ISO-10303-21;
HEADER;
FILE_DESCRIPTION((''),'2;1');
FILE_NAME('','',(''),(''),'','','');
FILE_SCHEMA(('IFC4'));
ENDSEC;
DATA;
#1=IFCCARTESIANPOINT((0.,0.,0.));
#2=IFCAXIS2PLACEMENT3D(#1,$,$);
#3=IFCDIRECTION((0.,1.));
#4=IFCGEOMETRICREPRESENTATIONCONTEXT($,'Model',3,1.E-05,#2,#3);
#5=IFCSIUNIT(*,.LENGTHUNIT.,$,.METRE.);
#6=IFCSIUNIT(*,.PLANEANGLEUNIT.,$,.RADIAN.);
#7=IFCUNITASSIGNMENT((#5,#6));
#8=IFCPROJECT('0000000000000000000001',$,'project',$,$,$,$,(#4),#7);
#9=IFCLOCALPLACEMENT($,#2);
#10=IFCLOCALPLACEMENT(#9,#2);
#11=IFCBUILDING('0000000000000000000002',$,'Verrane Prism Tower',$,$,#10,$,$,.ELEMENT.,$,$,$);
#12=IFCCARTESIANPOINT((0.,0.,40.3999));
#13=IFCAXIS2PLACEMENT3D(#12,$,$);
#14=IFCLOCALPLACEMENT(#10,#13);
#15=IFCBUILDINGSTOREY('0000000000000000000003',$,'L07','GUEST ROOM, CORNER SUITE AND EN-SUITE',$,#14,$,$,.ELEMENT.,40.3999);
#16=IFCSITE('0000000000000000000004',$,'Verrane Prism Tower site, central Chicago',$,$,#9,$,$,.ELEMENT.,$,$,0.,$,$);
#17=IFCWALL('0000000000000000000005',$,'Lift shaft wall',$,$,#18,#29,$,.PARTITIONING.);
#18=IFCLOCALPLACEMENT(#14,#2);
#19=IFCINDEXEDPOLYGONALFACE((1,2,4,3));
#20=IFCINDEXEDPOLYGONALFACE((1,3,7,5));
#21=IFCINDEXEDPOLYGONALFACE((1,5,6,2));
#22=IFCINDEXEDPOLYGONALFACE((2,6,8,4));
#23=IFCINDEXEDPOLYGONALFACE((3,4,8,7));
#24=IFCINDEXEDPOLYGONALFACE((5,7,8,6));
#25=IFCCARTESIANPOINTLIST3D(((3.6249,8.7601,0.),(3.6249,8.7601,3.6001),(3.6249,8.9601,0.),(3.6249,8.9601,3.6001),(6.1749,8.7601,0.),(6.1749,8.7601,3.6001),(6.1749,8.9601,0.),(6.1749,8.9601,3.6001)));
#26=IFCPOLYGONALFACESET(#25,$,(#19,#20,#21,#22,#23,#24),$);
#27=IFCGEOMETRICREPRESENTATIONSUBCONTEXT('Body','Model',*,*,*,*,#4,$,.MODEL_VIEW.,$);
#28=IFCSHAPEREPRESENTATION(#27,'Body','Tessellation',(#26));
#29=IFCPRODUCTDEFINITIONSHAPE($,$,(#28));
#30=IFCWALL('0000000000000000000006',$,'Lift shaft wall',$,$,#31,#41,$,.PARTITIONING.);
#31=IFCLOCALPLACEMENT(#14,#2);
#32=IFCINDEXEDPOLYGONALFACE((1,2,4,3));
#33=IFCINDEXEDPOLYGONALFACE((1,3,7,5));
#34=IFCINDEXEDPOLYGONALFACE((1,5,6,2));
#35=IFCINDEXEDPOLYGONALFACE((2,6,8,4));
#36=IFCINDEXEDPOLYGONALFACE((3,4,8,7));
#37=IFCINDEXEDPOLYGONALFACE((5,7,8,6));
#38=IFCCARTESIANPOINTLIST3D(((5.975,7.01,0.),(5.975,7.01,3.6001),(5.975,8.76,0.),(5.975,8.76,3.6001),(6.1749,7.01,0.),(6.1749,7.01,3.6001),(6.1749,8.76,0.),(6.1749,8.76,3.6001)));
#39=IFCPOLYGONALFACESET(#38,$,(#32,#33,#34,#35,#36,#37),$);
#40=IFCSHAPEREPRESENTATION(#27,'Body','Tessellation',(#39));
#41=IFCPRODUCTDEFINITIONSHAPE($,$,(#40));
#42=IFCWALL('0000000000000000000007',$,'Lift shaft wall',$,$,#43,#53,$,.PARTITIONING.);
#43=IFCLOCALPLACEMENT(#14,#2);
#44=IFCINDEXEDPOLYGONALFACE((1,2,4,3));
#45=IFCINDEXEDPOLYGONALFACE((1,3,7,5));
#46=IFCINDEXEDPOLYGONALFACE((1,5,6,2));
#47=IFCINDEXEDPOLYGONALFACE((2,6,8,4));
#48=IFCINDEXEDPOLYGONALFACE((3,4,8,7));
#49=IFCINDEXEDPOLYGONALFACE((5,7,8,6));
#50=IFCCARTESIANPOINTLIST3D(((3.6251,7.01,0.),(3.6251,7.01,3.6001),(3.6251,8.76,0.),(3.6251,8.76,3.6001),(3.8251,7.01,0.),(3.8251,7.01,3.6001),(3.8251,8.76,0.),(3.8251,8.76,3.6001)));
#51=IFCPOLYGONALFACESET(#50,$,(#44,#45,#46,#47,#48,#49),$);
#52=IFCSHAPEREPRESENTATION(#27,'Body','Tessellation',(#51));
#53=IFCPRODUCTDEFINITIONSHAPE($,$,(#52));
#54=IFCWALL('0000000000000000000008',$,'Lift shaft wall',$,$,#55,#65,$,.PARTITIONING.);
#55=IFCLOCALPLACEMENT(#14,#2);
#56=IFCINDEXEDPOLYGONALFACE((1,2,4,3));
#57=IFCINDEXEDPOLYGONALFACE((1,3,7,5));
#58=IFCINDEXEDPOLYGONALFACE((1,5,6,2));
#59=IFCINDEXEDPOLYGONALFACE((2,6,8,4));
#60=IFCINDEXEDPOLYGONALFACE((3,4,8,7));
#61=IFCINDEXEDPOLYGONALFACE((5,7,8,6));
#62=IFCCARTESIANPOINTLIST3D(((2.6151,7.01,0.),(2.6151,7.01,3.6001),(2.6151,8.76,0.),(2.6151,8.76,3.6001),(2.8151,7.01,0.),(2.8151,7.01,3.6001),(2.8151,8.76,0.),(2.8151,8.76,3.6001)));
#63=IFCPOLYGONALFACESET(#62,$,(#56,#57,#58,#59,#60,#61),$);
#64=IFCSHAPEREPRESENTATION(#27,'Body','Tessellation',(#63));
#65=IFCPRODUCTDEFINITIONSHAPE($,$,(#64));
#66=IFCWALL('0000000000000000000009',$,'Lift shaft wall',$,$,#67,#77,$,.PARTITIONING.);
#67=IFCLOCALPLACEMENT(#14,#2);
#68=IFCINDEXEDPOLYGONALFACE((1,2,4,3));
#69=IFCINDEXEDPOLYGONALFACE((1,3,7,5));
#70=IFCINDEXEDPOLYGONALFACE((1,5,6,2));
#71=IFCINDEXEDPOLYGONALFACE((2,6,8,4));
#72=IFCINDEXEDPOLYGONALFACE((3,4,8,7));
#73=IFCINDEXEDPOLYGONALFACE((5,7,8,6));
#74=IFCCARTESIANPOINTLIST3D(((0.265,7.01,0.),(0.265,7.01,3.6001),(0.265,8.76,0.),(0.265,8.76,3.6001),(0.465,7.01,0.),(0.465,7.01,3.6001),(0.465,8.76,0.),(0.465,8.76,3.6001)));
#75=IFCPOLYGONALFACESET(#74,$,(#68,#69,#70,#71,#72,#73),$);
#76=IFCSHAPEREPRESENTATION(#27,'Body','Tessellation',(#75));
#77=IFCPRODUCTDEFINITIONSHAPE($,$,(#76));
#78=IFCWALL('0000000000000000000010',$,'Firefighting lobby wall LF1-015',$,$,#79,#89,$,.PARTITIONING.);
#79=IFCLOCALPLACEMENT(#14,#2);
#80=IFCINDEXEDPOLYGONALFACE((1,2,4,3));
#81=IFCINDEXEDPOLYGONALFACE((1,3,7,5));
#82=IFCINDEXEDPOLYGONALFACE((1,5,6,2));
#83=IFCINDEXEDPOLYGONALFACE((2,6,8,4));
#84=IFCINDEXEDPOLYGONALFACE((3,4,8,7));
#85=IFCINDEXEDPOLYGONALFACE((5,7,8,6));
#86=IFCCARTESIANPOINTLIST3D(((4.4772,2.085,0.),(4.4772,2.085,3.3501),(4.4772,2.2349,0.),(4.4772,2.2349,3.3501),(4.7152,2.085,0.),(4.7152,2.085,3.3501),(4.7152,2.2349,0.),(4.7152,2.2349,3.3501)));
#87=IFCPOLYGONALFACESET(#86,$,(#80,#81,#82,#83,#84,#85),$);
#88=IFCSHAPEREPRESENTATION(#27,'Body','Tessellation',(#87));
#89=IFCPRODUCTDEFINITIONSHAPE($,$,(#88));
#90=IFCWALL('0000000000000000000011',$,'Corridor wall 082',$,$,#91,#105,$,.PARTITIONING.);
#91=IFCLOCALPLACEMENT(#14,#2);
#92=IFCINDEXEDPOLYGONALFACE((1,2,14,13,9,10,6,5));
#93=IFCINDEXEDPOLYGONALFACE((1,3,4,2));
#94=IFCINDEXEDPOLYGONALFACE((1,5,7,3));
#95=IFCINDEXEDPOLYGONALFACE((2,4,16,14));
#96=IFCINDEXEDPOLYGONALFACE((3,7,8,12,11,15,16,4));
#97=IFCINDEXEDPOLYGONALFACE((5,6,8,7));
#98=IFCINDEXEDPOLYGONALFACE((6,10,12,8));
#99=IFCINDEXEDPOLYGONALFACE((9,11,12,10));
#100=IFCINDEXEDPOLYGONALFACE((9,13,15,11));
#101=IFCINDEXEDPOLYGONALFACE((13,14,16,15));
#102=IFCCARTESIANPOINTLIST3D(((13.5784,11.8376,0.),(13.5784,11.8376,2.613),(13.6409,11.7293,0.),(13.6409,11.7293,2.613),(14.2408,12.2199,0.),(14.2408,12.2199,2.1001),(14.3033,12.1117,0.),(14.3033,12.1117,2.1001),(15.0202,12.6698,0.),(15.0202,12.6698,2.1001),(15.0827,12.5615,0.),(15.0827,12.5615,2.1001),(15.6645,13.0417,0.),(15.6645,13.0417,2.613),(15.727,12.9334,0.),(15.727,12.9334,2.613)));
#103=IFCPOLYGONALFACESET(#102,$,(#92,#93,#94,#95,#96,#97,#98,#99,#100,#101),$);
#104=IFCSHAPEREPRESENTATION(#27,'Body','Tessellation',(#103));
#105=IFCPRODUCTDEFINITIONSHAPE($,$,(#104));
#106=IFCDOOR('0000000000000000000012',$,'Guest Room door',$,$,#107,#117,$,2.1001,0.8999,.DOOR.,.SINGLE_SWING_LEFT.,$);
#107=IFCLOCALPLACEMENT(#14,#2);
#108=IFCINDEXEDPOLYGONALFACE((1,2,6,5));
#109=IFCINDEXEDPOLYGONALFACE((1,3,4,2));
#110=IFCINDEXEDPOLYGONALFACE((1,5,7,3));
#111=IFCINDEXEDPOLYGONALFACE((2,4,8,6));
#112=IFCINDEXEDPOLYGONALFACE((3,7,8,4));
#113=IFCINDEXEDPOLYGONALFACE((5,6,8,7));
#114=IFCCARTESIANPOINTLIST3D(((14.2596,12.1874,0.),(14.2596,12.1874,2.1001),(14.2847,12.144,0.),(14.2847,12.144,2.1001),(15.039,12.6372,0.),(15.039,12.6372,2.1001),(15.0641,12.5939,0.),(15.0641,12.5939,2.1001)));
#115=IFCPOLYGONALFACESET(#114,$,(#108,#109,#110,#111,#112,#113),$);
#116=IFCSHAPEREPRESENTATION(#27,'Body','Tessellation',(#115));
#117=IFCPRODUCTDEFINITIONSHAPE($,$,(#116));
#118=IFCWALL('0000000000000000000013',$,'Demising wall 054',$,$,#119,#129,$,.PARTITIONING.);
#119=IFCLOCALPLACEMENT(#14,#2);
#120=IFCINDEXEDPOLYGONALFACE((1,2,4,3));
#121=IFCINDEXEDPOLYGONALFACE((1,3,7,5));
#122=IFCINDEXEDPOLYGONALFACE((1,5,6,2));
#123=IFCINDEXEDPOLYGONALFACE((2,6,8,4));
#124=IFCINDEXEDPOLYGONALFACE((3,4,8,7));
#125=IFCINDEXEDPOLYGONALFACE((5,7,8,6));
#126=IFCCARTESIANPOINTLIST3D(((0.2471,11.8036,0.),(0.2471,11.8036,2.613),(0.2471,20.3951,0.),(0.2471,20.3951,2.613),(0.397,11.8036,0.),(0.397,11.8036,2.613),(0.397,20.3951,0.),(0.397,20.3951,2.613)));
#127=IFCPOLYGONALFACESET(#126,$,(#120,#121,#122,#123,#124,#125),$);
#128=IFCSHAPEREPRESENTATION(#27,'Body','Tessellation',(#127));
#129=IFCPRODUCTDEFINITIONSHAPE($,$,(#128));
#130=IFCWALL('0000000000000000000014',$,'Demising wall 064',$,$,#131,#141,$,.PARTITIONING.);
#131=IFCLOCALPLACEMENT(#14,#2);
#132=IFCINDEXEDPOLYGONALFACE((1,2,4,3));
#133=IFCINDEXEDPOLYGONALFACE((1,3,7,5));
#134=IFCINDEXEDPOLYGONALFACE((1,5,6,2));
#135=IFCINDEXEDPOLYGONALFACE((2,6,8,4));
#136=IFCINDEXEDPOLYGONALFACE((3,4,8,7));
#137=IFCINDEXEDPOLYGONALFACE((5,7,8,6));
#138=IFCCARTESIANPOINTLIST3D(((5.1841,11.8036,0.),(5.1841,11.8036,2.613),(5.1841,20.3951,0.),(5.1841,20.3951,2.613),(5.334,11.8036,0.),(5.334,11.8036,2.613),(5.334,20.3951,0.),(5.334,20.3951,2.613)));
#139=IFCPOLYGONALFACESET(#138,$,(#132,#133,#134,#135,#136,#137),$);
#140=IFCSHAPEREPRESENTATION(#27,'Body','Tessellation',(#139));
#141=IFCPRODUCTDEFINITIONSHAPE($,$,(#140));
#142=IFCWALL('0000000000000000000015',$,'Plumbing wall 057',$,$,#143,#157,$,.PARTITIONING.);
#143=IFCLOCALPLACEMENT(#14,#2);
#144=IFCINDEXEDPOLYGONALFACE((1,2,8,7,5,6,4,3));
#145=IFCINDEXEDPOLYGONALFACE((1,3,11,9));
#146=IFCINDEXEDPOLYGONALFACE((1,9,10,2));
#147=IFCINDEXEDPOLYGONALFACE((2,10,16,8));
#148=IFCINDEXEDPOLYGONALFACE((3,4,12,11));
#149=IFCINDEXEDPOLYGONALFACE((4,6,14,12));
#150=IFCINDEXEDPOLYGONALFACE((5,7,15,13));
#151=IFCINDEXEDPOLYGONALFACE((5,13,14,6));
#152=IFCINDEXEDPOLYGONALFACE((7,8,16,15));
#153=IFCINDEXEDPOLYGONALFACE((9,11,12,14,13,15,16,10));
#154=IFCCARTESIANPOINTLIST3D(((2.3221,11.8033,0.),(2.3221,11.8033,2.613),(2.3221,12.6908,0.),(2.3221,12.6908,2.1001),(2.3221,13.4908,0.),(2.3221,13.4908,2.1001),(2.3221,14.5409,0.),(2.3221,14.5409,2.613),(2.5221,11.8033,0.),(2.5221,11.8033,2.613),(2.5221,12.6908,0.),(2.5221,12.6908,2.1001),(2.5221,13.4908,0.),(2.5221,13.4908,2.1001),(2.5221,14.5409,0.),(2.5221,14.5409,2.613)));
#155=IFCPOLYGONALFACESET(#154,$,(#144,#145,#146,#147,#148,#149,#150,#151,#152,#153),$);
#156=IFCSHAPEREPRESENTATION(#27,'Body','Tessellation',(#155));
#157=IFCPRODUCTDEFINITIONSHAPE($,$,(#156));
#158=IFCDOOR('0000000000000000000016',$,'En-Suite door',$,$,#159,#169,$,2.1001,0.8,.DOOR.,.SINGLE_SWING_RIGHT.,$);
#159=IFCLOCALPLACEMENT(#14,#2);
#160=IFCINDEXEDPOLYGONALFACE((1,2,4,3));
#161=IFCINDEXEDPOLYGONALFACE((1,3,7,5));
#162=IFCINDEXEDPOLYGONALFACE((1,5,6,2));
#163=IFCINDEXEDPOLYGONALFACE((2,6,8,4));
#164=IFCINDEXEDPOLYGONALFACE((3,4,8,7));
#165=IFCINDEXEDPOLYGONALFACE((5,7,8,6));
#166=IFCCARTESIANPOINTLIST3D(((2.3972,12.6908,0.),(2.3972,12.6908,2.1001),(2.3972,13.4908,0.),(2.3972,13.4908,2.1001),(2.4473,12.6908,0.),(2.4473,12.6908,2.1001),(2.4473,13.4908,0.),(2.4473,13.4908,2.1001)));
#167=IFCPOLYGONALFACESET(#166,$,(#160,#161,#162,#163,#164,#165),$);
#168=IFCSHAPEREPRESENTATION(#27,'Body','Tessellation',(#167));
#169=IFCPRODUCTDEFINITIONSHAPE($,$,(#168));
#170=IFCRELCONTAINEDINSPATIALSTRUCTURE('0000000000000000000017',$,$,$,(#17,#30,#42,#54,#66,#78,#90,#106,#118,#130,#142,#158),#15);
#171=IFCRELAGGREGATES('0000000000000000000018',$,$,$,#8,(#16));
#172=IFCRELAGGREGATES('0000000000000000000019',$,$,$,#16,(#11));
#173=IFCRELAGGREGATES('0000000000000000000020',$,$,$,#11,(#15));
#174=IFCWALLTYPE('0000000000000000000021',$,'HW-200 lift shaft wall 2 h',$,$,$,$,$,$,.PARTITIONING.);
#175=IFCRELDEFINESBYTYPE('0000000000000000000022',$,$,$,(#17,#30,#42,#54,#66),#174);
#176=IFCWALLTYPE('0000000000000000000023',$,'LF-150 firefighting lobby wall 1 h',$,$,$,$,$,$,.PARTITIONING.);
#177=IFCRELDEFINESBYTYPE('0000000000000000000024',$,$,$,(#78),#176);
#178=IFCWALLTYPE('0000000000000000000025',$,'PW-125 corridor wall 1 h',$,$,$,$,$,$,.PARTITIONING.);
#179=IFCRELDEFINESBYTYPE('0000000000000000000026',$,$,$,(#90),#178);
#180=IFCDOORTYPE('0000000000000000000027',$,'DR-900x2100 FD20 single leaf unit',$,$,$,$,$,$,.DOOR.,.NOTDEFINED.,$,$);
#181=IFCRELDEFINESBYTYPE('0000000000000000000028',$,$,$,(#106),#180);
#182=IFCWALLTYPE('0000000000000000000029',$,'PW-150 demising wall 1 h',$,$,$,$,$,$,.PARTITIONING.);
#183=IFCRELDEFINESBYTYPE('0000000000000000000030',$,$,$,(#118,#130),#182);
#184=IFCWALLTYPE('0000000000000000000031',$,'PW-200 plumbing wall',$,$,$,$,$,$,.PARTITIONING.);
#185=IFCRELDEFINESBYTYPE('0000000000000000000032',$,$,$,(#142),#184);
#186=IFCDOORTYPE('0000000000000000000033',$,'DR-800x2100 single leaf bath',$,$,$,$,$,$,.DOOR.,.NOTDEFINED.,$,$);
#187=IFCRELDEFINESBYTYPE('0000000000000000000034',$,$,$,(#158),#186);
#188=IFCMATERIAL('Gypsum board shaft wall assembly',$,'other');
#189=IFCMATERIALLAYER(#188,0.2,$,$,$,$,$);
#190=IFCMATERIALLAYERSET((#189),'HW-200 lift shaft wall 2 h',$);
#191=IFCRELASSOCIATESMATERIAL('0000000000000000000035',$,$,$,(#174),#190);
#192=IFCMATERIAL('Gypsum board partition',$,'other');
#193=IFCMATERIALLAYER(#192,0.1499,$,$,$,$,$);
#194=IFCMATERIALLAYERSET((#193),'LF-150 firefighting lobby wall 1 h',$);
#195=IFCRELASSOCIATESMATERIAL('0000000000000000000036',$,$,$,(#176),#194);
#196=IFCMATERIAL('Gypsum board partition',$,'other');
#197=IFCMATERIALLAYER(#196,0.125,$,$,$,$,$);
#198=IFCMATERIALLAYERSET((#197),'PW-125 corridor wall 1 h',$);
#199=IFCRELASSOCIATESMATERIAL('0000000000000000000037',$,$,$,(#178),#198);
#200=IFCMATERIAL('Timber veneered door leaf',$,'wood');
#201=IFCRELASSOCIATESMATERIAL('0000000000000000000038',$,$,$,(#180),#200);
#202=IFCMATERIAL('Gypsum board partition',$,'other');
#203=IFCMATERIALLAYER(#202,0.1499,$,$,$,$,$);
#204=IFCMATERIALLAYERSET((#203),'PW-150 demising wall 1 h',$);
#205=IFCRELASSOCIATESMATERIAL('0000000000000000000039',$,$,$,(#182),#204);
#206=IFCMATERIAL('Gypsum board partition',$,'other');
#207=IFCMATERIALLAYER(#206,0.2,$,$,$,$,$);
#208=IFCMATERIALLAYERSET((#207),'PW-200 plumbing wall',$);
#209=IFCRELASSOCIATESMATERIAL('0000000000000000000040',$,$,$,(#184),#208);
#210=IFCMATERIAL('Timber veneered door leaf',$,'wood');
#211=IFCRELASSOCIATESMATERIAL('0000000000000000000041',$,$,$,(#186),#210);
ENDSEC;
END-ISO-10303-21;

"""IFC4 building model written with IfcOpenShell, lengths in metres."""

from ifc_helpers import new_model, si_unit, direction, frame, frame_2d, origin, place, context, subcontext, project, spatial, rectangle, extrude, material, layer, layer_set, type_object, element, fill, save


model = new_model("IFC4")

# Units and contexts
model_context = context("Model", 3, precision=1e-05, world=origin(), true_north=direction((0.0, 1.0)))
body_context = subcontext(model_context, "Body", "Model", "MODEL_VIEW")
ifc_project = project(units=[si_unit("LENGTHUNIT", "METRE"), si_unit("PLANEANGLEUNIT", "RADIAN")], contexts=[model_context])

# Site, building, storey
site_placement = place(None, origin())
site = spatial("IfcSite", under=ifc_project, at=site_placement, Name="Verrane Prism Tower site, central Chicago", CompositionType="ELEMENT", RefElevation=0.0)
building_placement = place(site_placement, origin())
building = spatial("IfcBuilding", under=site, at=building_placement, Name="Verrane Prism Tower", CompositionType="ELEMENT")
storey_placement = place(building_placement, frame((0.0, 0.0, 40.3999)))
storey = spatial("IfcBuildingStorey", under=building, at=storey_placement, Name="L07", Description="GUEST ROOM, CORNER SUITE AND EN-SUITE", CompositionType="ELEMENT", Elevation=40.3999)

# Shared definitions
ifc_material_1 = material(Name="Gypsum board shaft wall assembly", Category="other")
ifc_layer_1 = layer(ifc_material_1, 0.2)
ifc_layer_set_1 = layer_set([ifc_layer_1], Name="HW-200 lift shaft wall 2 h")
wall_type_1 = type_object("IfcWallType", Name="HW-200 lift shaft wall 2 h", PredefinedType="PARTITIONING", material=ifc_layer_set_1)

# Walls
for number, where, z_axis, x_axis, name in (
    (1, (3.625, 8.8601, 0.0), (0.0, 0.0, 1.0), (1.0, 0.0, 0.0), "Lift shaft wall"),
):
    element("IfcWall", number, at=place(storey_placement, frame(where, z_axis=z_axis, x_axis=x_axis)), inside=storey, type_object=wall_type_1, Name=name, PredefinedType="PARTITIONING", context=body_context, shape_type="SweptSolid", body=[
        extrude(rectangle(XDim=2.55, YDim=0.2, at=frame_2d((1.2749, 0.0))), origin(), (0.0, 0.0, 1.0), 3.6001),
    ])
for number, where, z_axis, x_axis, name in (
    (2, (6.075, 7.01, 0.0), (0.0, 0.0, 1.0), (0.0, 1.0, 0.0), "Lift shaft wall"),
    (3, (3.7251, 7.01, 0.0), (0.0, 0.0, 1.0), (0.0, 1.0, 0.0), "Lift shaft wall"),
    (4, (2.7151, 7.01, 0.0), (0.0, 0.0, 1.0), (0.0, 1.0, 0.0), "Lift shaft wall"),
    (5, (0.365, 7.01, 0.0), (0.0, 0.0, 1.0), (0.0, 1.0, 0.0), "Lift shaft wall"),
):
    element("IfcWall", number, at=place(storey_placement, frame(where, z_axis=z_axis, x_axis=x_axis)), inside=storey, type_object=wall_type_1, Name=name, PredefinedType="PARTITIONING", context=body_context, shape_type="SweptSolid", body=[
        extrude(rectangle(XDim=1.75, YDim=0.2, at=frame_2d((0.875, 0.0))), origin(), (0.0, 0.0, 1.0), 3.6001),
    ])
ifc_material_2 = material(Name="Gypsum board partition", Category="other")
ifc_layer_2 = layer(ifc_material_2, 0.1499)
ifc_layer_set_2 = layer_set([ifc_layer_2], Name="LF-150 firefighting lobby wall 1 h")
wall_type_2 = type_object("IfcWallType", Name="LF-150 firefighting lobby wall 1 h", PredefinedType="PARTITIONING", material=ifc_layer_set_2)
wall_1_placement = place(storey_placement, frame((4.4771, 2.1599, 0.0), z_axis=(0.0, 0.0, 1.0), x_axis=(1.0, 0.0, 0.0)))
element("IfcWall", 6, at=wall_1_placement, inside=storey, type_object=wall_type_2, Name="Firefighting lobby wall LF1-015", PredefinedType="PARTITIONING", context=body_context, shape_type="SweptSolid", body=[
    extrude(rectangle(XDim=0.238, YDim=0.1499, at=frame_2d((0.1191, 0.0))), origin(), (0.0, 0.0, 1.0), 3.3501),
])

# Wall, opening, door
ifc_material_3 = material(Name="Gypsum board partition", Category="other")
ifc_layer_3 = layer(ifc_material_3, 0.125)
ifc_layer_set_3 = layer_set([ifc_layer_3], Name="PW-125 corridor wall 1 h")
wall_type_3 = type_object("IfcWallType", Name="PW-125 corridor wall 1 h", PredefinedType="PARTITIONING", material=ifc_layer_set_3)
wall_2_placement = place(storey_placement, frame((13.6096, 11.7834, 0.0), z_axis=(0.0, 0.0, 1.0), x_axis=(0.866089, 0.499889, 0.0)))
wall_2 = element("IfcWall", 7, at=wall_2_placement, inside=storey, type_object=wall_type_3, Name="Corridor wall 082", PredefinedType="PARTITIONING", context=body_context, shape_type="SweptSolid", body=[
    extrude(rectangle(XDim=2.4087, YDim=0.125, at=frame_2d((1.2043, 0.0))), origin(), (0.0, 0.0, 1.0), 2.613),
])
opening_1_placement = place(wall_2_placement, frame((0.7649, 0.0, 0.0)))
opening_1 = element("IfcOpeningElement", 8, at=opening_1_placement, cuts=wall_2, PredefinedType="OPENING", context=body_context, shape_type="SweptSolid", body=[
    extrude(rectangle(XDim=0.8999, YDim=2.1001, at=frame_2d((0.45, 1.05))), frame((0.0, 0.0725, 0.0), z_axis=(0.0, -1.0, 0.0), x_axis=(1.0, 0.0, 0.0)), (0.0, 0.0, 1.0), 0.145),
])
ifc_material_4 = material(Name="Timber veneered door leaf", Category="wood")
door_type_1 = type_object("IfcDoorType", Name="DR-900x2100 FD20 single leaf unit", OperationType="NOTDEFINED", PredefinedType="DOOR", material=ifc_material_4)
door_1_placement = place(opening_1_placement, origin())
door_1 = element("IfcDoor", 9, at=door_1_placement, inside=storey, type_object=door_type_1, Name="Guest Room door", OperationType="SINGLE_SWING_LEFT", OverallHeight=2.1001, OverallWidth=0.8999, PredefinedType="DOOR", context=body_context, shape_type="SweptSolid", body=[
    extrude(rectangle(XDim=0.8999, YDim=2.1001, at=frame_2d((0.45, 1.05))), frame((0.0, 0.0249, 0.0), z_axis=(0.0, -1.0, 0.0), x_axis=(1.0, 0.0, 0.0)), (0.0, 0.0, 1.0), 0.05),
])
fill(opening_1, door_1)

# Walls
ifc_material_5 = material(Name="Gypsum board partition", Category="other")
ifc_layer_4 = layer(ifc_material_5, 0.1499)
ifc_layer_set_4 = layer_set([ifc_layer_4], Name="PW-150 demising wall 1 h")
wall_type_4 = type_object("IfcWallType", Name="PW-150 demising wall 1 h", PredefinedType="PARTITIONING", material=ifc_layer_set_4)
for number, where, z_axis, x_axis, name in (
    (10, (0.322, 11.8035, 0.0), (0.0, 0.0, 1.0), (0.0, 1.0, 0.0), "Demising wall 054"),
    (11, (5.259, 11.8035, 0.0), (0.0, 0.0, 1.0), (0.0, 1.0, 0.0), "Demising wall 064"),
):
    element("IfcWall", number, at=place(storey_placement, frame(where, z_axis=z_axis, x_axis=x_axis)), inside=storey, type_object=wall_type_4, Name=name, PredefinedType="PARTITIONING", context=body_context, shape_type="SweptSolid", body=[
        extrude(rectangle(XDim=8.5916, YDim=0.1499, at=frame_2d((4.2959, 0.0))), origin(), (0.0, 0.0, 1.0), 2.613),
    ])

# Wall, opening, door
ifc_material_6 = material(Name="Gypsum board partition", Category="other")
ifc_layer_5 = layer(ifc_material_6, 0.2)
ifc_layer_set_5 = layer_set([ifc_layer_5], Name="PW-200 plumbing wall")
wall_type_5 = type_object("IfcWallType", Name="PW-200 plumbing wall", PredefinedType="PARTITIONING", material=ifc_layer_set_5)
wall_3_placement = place(storey_placement, frame((2.4221, 11.8035, 0.0), z_axis=(0.0, 0.0, 1.0), x_axis=(0.0, 1.0, 0.0)))
wall_3 = element("IfcWall", 12, at=wall_3_placement, inside=storey, type_object=wall_type_5, Name="Plumbing wall 057", PredefinedType="PARTITIONING", context=body_context, shape_type="SweptSolid", body=[
    extrude(rectangle(XDim=2.7375, YDim=0.2, at=frame_2d((1.3687, 0.0))), origin(), (0.0, 0.0, 1.0), 2.613),
])
opening_2_placement = place(wall_3_placement, frame((0.8875, 0.0, 0.0)))
opening_2 = element("IfcOpeningElement", 13, at=opening_2_placement, cuts=wall_3, PredefinedType="OPENING", context=body_context, shape_type="SweptSolid", body=[
    extrude(rectangle(XDim=0.8, YDim=2.1001, at=frame_2d((0.3999, 1.05))), frame((0.0, 0.1099, 0.0), z_axis=(0.0, -1.0, 0.0), x_axis=(1.0, 0.0, 0.0)), (0.0, 0.0, 1.0), 0.22),
])
ifc_material_7 = material(Name="Timber veneered door leaf", Category="wood")
door_type_2 = type_object("IfcDoorType", Name="DR-800x2100 single leaf bath", OperationType="NOTDEFINED", PredefinedType="DOOR", material=ifc_material_7)
door_2_placement = place(opening_2_placement, origin())
door_2 = element("IfcDoor", 14, at=door_2_placement, inside=storey, type_object=door_type_2, Name="En-Suite door", OperationType="SINGLE_SWING_RIGHT", OverallHeight=2.1001, OverallWidth=0.8, PredefinedType="DOOR", context=body_context, shape_type="SweptSolid", body=[
    extrude(rectangle(XDim=0.8, YDim=2.1001, at=frame_2d((0.3999, 1.05))), frame((0.0, 0.0249, 0.0), z_axis=(0.0, -1.0, 0.0), x_axis=(1.0, 0.0, 0.0)), (0.0, 0.0, 1.0), 0.05),
])
fill(opening_2, door_2)

save(model, "model.ifc")
